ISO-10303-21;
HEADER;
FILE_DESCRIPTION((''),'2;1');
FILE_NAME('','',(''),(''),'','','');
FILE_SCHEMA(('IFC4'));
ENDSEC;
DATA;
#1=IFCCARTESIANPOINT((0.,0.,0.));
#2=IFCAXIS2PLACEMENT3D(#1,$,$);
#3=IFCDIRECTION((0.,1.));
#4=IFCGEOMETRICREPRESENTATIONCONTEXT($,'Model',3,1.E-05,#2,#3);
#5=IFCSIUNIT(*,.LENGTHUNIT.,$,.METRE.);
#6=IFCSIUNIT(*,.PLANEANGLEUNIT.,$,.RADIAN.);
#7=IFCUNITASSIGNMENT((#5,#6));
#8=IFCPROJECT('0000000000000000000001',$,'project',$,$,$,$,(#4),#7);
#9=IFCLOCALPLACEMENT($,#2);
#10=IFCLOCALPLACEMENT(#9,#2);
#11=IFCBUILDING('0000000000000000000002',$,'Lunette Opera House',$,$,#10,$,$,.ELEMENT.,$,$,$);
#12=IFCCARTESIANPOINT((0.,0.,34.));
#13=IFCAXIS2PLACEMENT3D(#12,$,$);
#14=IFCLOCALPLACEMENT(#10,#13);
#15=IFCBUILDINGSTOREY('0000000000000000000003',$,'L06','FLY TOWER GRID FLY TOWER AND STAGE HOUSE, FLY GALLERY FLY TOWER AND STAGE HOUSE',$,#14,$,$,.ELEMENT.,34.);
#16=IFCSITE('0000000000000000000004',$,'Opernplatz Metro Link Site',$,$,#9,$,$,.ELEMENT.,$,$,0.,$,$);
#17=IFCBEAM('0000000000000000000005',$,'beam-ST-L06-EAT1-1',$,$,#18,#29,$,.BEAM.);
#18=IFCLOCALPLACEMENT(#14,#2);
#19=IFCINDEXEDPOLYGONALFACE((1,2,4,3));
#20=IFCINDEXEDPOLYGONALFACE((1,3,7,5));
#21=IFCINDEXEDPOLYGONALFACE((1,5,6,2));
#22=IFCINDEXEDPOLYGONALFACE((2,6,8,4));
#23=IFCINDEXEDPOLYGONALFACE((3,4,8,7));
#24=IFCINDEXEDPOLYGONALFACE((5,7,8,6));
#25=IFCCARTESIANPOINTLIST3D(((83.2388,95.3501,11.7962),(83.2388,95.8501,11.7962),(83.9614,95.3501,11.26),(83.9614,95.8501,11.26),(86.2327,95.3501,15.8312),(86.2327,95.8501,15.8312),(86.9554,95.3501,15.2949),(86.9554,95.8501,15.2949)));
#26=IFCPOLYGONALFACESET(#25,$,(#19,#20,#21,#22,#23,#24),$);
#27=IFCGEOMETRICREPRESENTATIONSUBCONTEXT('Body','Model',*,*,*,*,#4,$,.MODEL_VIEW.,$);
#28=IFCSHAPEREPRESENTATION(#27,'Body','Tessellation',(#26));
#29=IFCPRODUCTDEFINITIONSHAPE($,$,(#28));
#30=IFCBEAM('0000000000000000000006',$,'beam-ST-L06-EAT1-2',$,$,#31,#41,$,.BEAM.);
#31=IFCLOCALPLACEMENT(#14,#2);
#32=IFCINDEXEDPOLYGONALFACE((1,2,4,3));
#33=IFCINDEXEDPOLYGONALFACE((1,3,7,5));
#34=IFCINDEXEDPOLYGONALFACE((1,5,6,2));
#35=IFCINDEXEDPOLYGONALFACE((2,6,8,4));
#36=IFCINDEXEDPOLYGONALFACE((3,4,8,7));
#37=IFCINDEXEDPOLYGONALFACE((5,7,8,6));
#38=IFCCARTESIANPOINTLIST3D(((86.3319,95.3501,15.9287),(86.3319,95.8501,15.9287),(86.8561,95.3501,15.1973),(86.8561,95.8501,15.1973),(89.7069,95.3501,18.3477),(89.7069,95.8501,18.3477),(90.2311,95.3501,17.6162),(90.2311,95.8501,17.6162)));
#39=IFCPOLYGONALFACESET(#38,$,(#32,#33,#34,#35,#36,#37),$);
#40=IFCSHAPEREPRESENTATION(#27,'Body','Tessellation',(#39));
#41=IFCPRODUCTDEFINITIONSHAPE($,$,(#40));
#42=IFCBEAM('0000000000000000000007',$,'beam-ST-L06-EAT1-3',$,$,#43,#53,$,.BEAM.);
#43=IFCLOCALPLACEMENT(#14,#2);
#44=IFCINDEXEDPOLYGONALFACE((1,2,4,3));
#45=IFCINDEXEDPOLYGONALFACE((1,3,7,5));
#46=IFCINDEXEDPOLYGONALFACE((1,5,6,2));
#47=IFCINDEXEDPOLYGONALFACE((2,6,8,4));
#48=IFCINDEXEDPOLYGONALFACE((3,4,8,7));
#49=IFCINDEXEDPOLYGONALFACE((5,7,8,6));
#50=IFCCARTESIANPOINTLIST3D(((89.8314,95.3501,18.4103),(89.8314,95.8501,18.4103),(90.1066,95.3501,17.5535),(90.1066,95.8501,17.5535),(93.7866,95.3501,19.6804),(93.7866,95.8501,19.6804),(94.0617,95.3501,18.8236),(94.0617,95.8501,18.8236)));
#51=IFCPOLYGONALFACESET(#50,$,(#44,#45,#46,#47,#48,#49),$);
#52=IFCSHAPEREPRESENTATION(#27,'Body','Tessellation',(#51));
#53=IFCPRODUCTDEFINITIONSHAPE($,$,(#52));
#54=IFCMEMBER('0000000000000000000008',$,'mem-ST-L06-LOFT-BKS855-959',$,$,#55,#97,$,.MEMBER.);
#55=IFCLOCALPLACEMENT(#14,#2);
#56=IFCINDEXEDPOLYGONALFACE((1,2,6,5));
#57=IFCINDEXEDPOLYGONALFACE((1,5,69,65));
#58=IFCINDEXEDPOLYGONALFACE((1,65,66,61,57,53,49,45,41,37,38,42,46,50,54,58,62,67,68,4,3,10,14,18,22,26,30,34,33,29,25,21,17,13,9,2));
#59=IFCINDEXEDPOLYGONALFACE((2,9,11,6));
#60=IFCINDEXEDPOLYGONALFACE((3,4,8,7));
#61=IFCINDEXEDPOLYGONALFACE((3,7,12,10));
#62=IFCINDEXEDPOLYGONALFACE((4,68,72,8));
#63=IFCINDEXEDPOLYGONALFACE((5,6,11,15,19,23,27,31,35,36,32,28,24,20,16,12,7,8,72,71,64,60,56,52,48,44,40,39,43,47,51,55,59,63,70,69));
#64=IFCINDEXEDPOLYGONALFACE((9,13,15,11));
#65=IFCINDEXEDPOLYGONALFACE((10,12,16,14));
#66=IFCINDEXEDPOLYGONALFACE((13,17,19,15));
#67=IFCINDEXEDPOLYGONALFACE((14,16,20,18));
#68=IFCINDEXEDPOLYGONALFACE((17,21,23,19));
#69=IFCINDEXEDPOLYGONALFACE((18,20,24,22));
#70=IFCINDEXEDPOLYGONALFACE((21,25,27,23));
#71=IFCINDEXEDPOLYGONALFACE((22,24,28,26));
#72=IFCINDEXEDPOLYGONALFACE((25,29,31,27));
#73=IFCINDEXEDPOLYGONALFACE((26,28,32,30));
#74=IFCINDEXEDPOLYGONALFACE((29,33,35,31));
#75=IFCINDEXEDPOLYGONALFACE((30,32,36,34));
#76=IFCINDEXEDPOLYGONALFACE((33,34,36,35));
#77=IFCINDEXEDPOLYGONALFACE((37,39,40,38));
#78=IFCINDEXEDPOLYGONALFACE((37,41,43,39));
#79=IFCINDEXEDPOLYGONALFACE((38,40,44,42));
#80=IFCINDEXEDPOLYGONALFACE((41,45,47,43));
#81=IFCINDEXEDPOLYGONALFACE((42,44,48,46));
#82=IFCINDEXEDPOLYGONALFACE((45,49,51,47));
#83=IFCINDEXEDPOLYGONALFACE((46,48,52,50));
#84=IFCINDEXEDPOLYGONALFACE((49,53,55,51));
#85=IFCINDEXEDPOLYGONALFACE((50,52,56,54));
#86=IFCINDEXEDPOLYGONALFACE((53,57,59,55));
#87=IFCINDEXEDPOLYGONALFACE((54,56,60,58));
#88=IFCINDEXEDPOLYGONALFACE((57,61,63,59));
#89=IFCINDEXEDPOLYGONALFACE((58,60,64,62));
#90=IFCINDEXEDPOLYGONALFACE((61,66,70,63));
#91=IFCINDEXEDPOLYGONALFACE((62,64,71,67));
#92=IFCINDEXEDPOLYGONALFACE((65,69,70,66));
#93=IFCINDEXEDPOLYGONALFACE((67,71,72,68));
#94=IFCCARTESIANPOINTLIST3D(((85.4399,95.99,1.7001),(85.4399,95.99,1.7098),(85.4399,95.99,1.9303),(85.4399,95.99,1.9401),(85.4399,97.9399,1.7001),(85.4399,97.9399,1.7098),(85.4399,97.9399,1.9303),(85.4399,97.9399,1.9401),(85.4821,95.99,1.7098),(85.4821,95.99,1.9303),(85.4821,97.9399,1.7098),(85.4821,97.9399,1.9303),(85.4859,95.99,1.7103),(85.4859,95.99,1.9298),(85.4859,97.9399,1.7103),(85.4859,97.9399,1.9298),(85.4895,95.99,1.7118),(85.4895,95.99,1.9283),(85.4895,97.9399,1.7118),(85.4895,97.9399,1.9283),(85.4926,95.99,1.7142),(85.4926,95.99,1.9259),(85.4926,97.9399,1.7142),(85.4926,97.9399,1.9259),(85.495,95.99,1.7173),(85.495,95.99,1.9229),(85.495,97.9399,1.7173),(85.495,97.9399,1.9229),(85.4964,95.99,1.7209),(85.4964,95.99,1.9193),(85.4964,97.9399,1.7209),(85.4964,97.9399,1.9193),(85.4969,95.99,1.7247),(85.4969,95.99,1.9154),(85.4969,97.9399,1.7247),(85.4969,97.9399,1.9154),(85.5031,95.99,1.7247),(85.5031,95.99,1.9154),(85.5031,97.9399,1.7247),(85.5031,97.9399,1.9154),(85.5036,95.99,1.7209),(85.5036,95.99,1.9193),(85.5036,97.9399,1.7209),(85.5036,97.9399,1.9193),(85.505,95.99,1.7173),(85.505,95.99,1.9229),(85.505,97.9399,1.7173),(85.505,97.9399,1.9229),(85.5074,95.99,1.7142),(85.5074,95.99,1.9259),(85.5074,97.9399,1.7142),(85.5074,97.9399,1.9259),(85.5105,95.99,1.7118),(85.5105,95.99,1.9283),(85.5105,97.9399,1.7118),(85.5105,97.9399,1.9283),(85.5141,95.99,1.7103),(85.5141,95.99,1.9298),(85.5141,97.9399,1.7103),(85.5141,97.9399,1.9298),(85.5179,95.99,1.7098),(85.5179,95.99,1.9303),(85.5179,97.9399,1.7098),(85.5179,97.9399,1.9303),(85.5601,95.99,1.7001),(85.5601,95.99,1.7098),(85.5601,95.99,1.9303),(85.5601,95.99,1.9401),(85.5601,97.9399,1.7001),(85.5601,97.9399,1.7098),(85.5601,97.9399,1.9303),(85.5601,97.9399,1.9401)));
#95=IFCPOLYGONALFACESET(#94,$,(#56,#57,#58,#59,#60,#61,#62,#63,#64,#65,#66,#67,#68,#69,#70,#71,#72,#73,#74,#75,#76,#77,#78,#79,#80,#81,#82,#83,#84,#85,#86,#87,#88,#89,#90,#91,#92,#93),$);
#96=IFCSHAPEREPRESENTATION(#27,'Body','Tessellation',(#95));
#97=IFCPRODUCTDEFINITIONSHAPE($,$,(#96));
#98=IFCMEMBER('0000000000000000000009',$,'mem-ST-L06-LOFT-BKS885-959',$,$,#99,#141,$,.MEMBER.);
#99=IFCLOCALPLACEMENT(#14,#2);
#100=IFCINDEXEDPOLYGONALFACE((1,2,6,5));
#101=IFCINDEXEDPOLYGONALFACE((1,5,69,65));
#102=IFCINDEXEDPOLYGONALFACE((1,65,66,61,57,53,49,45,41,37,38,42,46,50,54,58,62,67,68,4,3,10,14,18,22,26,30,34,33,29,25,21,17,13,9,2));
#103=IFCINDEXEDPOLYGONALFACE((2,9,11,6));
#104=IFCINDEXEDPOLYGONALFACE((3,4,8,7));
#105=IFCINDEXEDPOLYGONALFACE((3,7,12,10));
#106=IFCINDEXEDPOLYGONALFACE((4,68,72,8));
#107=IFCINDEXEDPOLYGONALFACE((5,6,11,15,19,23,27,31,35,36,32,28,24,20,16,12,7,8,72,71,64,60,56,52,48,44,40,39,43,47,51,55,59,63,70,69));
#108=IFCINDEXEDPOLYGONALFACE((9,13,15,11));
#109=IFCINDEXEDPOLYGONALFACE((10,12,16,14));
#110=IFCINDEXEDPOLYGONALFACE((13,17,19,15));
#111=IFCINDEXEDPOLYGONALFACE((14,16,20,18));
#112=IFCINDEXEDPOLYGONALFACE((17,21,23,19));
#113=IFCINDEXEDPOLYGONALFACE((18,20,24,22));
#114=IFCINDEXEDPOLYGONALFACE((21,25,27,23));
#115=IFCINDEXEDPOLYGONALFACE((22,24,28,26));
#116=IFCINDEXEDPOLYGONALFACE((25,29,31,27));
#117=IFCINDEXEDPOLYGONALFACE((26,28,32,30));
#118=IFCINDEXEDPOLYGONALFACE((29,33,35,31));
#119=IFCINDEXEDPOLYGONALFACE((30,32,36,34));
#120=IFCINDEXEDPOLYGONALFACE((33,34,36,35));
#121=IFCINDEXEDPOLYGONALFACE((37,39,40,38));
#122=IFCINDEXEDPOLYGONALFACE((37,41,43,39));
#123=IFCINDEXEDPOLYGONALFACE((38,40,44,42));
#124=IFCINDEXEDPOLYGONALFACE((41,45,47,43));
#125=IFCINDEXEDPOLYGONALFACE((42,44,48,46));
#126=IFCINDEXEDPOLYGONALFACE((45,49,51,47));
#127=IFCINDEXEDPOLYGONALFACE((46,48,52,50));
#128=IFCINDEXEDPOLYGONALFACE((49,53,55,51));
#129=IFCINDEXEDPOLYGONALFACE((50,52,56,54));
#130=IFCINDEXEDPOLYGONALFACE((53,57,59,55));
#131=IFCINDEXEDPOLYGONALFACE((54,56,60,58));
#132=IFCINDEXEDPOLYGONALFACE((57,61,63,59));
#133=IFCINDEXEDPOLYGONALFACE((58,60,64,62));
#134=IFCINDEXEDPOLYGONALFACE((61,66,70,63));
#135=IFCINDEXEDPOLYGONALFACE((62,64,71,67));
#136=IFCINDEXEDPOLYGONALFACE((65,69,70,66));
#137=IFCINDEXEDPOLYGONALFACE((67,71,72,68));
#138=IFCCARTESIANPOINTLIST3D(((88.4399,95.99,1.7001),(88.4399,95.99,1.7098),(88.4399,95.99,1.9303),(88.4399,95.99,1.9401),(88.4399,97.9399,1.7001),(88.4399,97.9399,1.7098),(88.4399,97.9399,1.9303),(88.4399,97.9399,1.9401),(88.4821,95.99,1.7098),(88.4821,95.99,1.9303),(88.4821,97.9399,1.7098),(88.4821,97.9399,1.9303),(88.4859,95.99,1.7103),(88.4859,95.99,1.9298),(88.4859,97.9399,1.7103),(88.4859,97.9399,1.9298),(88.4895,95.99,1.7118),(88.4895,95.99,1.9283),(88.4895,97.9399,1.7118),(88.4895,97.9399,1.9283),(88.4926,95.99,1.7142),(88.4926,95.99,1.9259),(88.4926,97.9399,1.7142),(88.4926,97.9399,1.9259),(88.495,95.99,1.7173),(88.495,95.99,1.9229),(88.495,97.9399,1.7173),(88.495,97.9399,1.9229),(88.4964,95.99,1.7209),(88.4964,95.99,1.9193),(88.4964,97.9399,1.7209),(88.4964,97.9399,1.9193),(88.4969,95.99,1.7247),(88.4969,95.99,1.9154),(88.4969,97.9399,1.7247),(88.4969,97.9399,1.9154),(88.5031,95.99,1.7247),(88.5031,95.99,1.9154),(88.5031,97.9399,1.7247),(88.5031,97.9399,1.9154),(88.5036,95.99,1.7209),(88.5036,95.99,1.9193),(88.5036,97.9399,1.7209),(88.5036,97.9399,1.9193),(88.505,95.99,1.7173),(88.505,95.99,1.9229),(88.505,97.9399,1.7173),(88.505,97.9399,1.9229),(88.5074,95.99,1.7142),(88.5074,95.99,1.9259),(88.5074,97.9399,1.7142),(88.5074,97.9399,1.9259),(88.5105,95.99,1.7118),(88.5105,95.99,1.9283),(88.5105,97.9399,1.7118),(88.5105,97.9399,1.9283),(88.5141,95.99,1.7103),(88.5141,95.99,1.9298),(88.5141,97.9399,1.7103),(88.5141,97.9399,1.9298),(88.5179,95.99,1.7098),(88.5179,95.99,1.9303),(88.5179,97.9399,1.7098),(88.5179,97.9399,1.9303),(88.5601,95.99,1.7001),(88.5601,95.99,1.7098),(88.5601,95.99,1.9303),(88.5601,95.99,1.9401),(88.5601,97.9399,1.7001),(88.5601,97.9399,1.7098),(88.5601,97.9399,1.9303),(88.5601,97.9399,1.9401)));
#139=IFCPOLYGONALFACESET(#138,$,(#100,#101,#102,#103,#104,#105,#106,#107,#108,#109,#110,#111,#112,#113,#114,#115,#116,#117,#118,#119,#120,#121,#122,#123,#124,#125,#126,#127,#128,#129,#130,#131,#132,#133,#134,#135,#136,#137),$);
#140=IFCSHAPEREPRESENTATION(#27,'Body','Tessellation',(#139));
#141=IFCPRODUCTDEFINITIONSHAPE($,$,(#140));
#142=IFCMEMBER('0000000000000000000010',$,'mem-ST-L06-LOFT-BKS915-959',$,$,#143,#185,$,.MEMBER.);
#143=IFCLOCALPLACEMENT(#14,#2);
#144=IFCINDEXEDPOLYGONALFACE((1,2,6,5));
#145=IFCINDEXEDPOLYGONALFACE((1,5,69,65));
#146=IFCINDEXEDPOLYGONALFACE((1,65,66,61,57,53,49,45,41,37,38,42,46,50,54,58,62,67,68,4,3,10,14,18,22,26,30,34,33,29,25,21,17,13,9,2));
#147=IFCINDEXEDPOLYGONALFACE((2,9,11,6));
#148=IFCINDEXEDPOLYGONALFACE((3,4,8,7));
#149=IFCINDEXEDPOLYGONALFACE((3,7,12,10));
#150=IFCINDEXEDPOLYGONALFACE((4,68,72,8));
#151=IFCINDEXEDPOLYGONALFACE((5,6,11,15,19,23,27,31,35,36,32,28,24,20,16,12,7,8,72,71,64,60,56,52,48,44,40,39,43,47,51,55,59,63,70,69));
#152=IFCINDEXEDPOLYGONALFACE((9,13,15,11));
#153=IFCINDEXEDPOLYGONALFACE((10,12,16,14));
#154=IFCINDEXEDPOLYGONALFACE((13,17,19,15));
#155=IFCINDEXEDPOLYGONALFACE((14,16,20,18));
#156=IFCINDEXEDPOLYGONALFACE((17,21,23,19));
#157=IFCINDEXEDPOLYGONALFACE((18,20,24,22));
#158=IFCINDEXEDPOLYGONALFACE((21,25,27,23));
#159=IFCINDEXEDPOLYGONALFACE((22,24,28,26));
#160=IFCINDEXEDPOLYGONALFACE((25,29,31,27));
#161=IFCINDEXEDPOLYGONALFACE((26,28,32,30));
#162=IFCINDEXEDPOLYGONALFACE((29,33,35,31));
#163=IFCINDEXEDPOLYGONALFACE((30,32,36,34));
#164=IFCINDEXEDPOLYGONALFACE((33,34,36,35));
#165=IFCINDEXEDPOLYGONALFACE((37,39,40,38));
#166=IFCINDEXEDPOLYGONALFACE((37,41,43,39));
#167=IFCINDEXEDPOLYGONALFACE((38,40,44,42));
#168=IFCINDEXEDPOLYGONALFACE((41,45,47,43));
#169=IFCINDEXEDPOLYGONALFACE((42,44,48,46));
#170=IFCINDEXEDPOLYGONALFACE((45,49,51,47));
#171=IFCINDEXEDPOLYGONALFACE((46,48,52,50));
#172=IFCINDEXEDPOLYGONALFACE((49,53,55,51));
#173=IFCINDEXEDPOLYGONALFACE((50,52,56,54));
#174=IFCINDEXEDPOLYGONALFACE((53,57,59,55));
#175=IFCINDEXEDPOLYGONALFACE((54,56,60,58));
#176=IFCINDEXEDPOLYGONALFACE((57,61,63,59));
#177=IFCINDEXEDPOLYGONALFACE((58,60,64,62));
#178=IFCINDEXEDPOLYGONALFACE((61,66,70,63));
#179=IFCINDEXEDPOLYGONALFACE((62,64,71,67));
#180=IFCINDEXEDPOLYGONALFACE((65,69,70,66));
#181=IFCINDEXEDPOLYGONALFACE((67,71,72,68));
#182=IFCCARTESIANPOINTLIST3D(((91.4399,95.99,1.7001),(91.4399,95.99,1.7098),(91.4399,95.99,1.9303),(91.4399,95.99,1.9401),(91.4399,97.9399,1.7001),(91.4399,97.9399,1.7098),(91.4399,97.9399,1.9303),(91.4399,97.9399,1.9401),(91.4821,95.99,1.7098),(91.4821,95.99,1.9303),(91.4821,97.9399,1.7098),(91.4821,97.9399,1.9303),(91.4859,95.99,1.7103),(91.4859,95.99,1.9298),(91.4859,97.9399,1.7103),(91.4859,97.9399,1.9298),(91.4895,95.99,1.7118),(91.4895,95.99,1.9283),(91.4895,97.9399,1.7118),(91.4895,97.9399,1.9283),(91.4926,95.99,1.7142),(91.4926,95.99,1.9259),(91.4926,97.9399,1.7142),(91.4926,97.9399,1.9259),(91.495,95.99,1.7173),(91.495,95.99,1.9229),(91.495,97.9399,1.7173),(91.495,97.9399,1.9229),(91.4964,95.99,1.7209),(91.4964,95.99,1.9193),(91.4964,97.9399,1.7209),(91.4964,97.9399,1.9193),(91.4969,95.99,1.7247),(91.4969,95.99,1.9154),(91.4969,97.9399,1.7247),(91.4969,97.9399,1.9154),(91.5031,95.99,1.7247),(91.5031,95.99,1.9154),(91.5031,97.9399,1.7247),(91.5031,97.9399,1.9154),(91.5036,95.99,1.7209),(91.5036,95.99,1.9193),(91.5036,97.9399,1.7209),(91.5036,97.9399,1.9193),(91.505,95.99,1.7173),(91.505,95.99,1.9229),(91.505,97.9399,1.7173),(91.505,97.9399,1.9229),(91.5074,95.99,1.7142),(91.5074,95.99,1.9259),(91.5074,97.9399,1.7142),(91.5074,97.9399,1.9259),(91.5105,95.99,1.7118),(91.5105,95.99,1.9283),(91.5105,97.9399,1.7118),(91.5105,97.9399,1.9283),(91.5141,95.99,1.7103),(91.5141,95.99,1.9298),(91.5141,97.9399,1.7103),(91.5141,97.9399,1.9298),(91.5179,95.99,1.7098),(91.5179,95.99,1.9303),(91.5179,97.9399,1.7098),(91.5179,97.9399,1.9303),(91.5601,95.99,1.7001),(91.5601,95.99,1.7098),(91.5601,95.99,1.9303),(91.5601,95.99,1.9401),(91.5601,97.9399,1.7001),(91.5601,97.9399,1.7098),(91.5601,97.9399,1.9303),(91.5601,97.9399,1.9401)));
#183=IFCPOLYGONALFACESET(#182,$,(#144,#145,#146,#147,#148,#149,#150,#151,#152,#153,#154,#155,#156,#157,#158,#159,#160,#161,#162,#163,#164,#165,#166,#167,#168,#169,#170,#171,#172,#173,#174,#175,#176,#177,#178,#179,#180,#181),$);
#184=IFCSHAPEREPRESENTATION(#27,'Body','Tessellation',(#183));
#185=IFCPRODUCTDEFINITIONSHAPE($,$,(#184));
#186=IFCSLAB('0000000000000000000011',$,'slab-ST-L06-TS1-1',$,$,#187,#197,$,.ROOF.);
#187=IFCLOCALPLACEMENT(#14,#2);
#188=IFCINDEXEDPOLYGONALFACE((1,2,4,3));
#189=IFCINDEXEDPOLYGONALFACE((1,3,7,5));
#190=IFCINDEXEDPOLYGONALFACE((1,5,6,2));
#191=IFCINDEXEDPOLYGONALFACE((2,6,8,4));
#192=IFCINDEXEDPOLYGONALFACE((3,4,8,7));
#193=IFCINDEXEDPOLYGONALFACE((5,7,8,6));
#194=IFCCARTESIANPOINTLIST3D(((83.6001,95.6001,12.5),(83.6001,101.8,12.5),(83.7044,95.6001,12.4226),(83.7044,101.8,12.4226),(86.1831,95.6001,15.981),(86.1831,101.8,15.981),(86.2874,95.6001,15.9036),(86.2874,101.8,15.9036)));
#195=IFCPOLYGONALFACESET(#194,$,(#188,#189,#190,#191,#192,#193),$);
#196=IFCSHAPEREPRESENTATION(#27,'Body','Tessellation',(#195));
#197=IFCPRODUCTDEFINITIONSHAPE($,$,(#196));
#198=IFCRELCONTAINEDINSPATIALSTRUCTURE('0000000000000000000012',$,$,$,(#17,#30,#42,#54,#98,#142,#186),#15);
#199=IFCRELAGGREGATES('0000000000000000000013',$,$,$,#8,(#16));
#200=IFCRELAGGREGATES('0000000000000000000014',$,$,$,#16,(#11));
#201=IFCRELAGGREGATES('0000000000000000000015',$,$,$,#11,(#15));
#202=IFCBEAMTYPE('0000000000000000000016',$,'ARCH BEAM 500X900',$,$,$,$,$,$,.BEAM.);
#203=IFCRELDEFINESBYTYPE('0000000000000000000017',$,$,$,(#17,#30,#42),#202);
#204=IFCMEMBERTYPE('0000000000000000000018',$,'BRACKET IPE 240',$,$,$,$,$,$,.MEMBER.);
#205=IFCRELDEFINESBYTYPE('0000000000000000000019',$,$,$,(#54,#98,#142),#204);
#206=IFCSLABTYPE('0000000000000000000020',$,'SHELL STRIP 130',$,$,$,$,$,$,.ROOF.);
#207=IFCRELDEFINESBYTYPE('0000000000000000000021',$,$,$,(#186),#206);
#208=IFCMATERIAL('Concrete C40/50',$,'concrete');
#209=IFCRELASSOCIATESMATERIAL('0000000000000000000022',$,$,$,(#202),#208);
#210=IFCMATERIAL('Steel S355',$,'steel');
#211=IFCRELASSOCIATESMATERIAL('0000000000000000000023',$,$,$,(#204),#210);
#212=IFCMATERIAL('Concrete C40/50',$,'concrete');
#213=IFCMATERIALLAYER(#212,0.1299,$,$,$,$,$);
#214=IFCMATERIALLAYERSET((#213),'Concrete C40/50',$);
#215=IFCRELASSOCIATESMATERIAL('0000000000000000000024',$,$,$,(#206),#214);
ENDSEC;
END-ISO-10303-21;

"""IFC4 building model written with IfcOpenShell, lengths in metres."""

from ifc_helpers import new_model, si_unit, direction, frame, origin, origin_2d, place, context, subcontext, project, spatial, polyline, rectangle, i_section, outline, extrude, material, layer, layer_set, material_profile, profile_set, type_object, element, save


model = new_model("IFC4")

# Units and contexts
model_context = context("Model", 3, precision=1e-05, world=origin(), true_north=direction((0.0, 1.0)))
body_context = subcontext(model_context, "Body", "Model", "MODEL_VIEW")
ifc_project = project(units=[si_unit("LENGTHUNIT", "METRE"), si_unit("PLANEANGLEUNIT", "RADIAN")], contexts=[model_context])

# Site, building, storey
site_placement = place(None, origin())
site = spatial("IfcSite", under=ifc_project, at=site_placement, Name="Opernplatz Metro Link Site", CompositionType="ELEMENT", RefElevation=0.0)
building_placement = place(site_placement, origin())
building = spatial("IfcBuilding", under=site, at=building_placement, Name="Lunette Opera House", CompositionType="ELEMENT")
storey_placement = place(building_placement, frame((0.0, 0.0, 34.0)))
storey = spatial("IfcBuildingStorey", under=building, at=storey_placement, Name="L06", Description="FLY TOWER GRID FLY TOWER AND STAGE HOUSE, FLY GALLERY FLY TOWER AND STAGE HOUSE", CompositionType="ELEMENT", Elevation=34.0)

# Beams
ifc_material_1 = material(Name="Concrete C40/50", Category="concrete")
ifc_material_profile_1 = material_profile(ifc_material_1, rectangle(XDim=0.5, YDim=0.8999, at=origin_2d()), Name="ARCH BEAM 500X900")
ifc_profile_set_1 = profile_set([ifc_material_profile_1], Name="Concrete C40/50")
beam_type = type_object("IfcBeamType", Name="ARCH BEAM 500X900", PredefinedType="BEAM", material=ifc_profile_set_1)
beam_1_placement = place(storey_placement, frame((83.6001, 95.6001, 11.5281), z_axis=(0.595879, 0.0, 0.803074), x_axis=(0.0, 1.0, 0.0)))
element("IfcBeam", 1, at=beam_1_placement, inside=storey, type_object=beam_type, Name="beam-ST-L06-EAT1-1", PredefinedType="BEAM", context=body_context, shape_type="SweptSolid", body=[
    extrude(rectangle(XDim=0.5, YDim=0.8999, at=origin_2d()), origin(), (0.0, 0.0, 1.0), 5.0244),
])
beam_2_placement = place(storey_placement, frame((86.594, 95.6001, 15.563), z_axis=(0.812795, 0.0, 0.58255), x_axis=(0.0, 1.0, 0.0)))
element("IfcBeam", 2, at=beam_2_placement, inside=storey, type_object=beam_type, Name="beam-ST-L06-EAT1-2", PredefinedType="BEAM", context=body_context, shape_type="SweptSolid", body=[
    extrude(rectangle(XDim=0.5, YDim=0.8999, at=origin_2d()), origin(), (0.0, 0.0, 1.0), 4.1523),
])
beam_3_placement = place(storey_placement, frame((89.969, 95.6001, 17.9819), z_axis=(0.952117, 0.0, 0.305735), x_axis=(0.0, 1.0, 0.0)))
element("IfcBeam", 3, at=beam_3_placement, inside=storey, type_object=beam_type, Name="beam-ST-L06-EAT1-3", PredefinedType="BEAM", context=body_context, shape_type="SweptSolid", body=[
    extrude(rectangle(XDim=0.5, YDim=0.8999, at=origin_2d()), origin(), (0.0, 0.0, 1.0), 4.1541),
])

# Members
ifc_material_2 = material(Name="Steel S355", Category="steel")
ifc_material_profile_2 = material_profile(ifc_material_2, i_section(OverallWidth=0.1201, OverallDepth=0.24, WebThickness=0.0061, FlangeThickness=0.0098, FilletRadius=0.0149, at=origin_2d()), Name="IPE 240")
ifc_profile_set_2 = profile_set([ifc_material_profile_2], Name="Steel S355")
member_type = type_object("IfcMemberType", Name="BRACKET IPE 240", PredefinedType="MEMBER", material=ifc_profile_set_2)
for number, where, z_axis, x_axis, name in (
    (4, (85.5, 95.99, 1.8201), (0.0, 1.0, 0.0), (-1.0, 0.0, 0.0), "mem-ST-L06-LOFT-BKS855-959"),
    (5, (88.5, 95.99, 1.8201), (0.0, 1.0, 0.0), (-1.0, 0.0, 0.0), "mem-ST-L06-LOFT-BKS885-959"),
    (6, (91.5, 95.99, 1.8201), (0.0, 1.0, 0.0), (-1.0, 0.0, 0.0), "mem-ST-L06-LOFT-BKS915-959"),
):
    element("IfcMember", number, at=place(storey_placement, frame(where, z_axis=z_axis, x_axis=x_axis)), inside=storey, type_object=member_type, Name=name, PredefinedType="MEMBER", context=body_context, shape_type="SweptSolid", body=[
        extrude(i_section(OverallWidth=0.1201, OverallDepth=0.24, WebThickness=0.0061, FlangeThickness=0.0098, FilletRadius=0.0149, at=origin_2d()), origin(), (0.0, 0.0, 1.0), 1.95),
    ])

# Slab
ifc_material_3 = material(Name="Concrete C40/50", Category="concrete")
ifc_layer_1 = layer(ifc_material_3, 0.1299)
ifc_layer_set_1 = layer_set([ifc_layer_1], Name="Concrete C40/50")
slab_type = type_object("IfcSlabType", Name="SHELL STRIP 130", PredefinedType="ROOF", material=ifc_layer_set_1)
slab_1_placement = place(storey_placement, frame((83.6001, 95.6001, 12.5), z_axis=(-0.803058, 0.0, 0.595901), x_axis=(0.595901, 0.0, 0.803058)))
element("IfcSlab", 7, at=slab_1_placement, inside=storey, type_object=slab_type, Name="slab-ST-L06-TS1-1", PredefinedType="ROOF", context=body_context, shape_type="SweptSolid", body=[
    extrude(outline(polyline([(0.0, 0.0), (4.3346, 0.0), (4.3346, 6.2), (0.0, 6.2), (0.0, 0.0)])), origin(), (0.0, 0.0, -1.0), 0.1299),
])

save(model, "model.ifc")
